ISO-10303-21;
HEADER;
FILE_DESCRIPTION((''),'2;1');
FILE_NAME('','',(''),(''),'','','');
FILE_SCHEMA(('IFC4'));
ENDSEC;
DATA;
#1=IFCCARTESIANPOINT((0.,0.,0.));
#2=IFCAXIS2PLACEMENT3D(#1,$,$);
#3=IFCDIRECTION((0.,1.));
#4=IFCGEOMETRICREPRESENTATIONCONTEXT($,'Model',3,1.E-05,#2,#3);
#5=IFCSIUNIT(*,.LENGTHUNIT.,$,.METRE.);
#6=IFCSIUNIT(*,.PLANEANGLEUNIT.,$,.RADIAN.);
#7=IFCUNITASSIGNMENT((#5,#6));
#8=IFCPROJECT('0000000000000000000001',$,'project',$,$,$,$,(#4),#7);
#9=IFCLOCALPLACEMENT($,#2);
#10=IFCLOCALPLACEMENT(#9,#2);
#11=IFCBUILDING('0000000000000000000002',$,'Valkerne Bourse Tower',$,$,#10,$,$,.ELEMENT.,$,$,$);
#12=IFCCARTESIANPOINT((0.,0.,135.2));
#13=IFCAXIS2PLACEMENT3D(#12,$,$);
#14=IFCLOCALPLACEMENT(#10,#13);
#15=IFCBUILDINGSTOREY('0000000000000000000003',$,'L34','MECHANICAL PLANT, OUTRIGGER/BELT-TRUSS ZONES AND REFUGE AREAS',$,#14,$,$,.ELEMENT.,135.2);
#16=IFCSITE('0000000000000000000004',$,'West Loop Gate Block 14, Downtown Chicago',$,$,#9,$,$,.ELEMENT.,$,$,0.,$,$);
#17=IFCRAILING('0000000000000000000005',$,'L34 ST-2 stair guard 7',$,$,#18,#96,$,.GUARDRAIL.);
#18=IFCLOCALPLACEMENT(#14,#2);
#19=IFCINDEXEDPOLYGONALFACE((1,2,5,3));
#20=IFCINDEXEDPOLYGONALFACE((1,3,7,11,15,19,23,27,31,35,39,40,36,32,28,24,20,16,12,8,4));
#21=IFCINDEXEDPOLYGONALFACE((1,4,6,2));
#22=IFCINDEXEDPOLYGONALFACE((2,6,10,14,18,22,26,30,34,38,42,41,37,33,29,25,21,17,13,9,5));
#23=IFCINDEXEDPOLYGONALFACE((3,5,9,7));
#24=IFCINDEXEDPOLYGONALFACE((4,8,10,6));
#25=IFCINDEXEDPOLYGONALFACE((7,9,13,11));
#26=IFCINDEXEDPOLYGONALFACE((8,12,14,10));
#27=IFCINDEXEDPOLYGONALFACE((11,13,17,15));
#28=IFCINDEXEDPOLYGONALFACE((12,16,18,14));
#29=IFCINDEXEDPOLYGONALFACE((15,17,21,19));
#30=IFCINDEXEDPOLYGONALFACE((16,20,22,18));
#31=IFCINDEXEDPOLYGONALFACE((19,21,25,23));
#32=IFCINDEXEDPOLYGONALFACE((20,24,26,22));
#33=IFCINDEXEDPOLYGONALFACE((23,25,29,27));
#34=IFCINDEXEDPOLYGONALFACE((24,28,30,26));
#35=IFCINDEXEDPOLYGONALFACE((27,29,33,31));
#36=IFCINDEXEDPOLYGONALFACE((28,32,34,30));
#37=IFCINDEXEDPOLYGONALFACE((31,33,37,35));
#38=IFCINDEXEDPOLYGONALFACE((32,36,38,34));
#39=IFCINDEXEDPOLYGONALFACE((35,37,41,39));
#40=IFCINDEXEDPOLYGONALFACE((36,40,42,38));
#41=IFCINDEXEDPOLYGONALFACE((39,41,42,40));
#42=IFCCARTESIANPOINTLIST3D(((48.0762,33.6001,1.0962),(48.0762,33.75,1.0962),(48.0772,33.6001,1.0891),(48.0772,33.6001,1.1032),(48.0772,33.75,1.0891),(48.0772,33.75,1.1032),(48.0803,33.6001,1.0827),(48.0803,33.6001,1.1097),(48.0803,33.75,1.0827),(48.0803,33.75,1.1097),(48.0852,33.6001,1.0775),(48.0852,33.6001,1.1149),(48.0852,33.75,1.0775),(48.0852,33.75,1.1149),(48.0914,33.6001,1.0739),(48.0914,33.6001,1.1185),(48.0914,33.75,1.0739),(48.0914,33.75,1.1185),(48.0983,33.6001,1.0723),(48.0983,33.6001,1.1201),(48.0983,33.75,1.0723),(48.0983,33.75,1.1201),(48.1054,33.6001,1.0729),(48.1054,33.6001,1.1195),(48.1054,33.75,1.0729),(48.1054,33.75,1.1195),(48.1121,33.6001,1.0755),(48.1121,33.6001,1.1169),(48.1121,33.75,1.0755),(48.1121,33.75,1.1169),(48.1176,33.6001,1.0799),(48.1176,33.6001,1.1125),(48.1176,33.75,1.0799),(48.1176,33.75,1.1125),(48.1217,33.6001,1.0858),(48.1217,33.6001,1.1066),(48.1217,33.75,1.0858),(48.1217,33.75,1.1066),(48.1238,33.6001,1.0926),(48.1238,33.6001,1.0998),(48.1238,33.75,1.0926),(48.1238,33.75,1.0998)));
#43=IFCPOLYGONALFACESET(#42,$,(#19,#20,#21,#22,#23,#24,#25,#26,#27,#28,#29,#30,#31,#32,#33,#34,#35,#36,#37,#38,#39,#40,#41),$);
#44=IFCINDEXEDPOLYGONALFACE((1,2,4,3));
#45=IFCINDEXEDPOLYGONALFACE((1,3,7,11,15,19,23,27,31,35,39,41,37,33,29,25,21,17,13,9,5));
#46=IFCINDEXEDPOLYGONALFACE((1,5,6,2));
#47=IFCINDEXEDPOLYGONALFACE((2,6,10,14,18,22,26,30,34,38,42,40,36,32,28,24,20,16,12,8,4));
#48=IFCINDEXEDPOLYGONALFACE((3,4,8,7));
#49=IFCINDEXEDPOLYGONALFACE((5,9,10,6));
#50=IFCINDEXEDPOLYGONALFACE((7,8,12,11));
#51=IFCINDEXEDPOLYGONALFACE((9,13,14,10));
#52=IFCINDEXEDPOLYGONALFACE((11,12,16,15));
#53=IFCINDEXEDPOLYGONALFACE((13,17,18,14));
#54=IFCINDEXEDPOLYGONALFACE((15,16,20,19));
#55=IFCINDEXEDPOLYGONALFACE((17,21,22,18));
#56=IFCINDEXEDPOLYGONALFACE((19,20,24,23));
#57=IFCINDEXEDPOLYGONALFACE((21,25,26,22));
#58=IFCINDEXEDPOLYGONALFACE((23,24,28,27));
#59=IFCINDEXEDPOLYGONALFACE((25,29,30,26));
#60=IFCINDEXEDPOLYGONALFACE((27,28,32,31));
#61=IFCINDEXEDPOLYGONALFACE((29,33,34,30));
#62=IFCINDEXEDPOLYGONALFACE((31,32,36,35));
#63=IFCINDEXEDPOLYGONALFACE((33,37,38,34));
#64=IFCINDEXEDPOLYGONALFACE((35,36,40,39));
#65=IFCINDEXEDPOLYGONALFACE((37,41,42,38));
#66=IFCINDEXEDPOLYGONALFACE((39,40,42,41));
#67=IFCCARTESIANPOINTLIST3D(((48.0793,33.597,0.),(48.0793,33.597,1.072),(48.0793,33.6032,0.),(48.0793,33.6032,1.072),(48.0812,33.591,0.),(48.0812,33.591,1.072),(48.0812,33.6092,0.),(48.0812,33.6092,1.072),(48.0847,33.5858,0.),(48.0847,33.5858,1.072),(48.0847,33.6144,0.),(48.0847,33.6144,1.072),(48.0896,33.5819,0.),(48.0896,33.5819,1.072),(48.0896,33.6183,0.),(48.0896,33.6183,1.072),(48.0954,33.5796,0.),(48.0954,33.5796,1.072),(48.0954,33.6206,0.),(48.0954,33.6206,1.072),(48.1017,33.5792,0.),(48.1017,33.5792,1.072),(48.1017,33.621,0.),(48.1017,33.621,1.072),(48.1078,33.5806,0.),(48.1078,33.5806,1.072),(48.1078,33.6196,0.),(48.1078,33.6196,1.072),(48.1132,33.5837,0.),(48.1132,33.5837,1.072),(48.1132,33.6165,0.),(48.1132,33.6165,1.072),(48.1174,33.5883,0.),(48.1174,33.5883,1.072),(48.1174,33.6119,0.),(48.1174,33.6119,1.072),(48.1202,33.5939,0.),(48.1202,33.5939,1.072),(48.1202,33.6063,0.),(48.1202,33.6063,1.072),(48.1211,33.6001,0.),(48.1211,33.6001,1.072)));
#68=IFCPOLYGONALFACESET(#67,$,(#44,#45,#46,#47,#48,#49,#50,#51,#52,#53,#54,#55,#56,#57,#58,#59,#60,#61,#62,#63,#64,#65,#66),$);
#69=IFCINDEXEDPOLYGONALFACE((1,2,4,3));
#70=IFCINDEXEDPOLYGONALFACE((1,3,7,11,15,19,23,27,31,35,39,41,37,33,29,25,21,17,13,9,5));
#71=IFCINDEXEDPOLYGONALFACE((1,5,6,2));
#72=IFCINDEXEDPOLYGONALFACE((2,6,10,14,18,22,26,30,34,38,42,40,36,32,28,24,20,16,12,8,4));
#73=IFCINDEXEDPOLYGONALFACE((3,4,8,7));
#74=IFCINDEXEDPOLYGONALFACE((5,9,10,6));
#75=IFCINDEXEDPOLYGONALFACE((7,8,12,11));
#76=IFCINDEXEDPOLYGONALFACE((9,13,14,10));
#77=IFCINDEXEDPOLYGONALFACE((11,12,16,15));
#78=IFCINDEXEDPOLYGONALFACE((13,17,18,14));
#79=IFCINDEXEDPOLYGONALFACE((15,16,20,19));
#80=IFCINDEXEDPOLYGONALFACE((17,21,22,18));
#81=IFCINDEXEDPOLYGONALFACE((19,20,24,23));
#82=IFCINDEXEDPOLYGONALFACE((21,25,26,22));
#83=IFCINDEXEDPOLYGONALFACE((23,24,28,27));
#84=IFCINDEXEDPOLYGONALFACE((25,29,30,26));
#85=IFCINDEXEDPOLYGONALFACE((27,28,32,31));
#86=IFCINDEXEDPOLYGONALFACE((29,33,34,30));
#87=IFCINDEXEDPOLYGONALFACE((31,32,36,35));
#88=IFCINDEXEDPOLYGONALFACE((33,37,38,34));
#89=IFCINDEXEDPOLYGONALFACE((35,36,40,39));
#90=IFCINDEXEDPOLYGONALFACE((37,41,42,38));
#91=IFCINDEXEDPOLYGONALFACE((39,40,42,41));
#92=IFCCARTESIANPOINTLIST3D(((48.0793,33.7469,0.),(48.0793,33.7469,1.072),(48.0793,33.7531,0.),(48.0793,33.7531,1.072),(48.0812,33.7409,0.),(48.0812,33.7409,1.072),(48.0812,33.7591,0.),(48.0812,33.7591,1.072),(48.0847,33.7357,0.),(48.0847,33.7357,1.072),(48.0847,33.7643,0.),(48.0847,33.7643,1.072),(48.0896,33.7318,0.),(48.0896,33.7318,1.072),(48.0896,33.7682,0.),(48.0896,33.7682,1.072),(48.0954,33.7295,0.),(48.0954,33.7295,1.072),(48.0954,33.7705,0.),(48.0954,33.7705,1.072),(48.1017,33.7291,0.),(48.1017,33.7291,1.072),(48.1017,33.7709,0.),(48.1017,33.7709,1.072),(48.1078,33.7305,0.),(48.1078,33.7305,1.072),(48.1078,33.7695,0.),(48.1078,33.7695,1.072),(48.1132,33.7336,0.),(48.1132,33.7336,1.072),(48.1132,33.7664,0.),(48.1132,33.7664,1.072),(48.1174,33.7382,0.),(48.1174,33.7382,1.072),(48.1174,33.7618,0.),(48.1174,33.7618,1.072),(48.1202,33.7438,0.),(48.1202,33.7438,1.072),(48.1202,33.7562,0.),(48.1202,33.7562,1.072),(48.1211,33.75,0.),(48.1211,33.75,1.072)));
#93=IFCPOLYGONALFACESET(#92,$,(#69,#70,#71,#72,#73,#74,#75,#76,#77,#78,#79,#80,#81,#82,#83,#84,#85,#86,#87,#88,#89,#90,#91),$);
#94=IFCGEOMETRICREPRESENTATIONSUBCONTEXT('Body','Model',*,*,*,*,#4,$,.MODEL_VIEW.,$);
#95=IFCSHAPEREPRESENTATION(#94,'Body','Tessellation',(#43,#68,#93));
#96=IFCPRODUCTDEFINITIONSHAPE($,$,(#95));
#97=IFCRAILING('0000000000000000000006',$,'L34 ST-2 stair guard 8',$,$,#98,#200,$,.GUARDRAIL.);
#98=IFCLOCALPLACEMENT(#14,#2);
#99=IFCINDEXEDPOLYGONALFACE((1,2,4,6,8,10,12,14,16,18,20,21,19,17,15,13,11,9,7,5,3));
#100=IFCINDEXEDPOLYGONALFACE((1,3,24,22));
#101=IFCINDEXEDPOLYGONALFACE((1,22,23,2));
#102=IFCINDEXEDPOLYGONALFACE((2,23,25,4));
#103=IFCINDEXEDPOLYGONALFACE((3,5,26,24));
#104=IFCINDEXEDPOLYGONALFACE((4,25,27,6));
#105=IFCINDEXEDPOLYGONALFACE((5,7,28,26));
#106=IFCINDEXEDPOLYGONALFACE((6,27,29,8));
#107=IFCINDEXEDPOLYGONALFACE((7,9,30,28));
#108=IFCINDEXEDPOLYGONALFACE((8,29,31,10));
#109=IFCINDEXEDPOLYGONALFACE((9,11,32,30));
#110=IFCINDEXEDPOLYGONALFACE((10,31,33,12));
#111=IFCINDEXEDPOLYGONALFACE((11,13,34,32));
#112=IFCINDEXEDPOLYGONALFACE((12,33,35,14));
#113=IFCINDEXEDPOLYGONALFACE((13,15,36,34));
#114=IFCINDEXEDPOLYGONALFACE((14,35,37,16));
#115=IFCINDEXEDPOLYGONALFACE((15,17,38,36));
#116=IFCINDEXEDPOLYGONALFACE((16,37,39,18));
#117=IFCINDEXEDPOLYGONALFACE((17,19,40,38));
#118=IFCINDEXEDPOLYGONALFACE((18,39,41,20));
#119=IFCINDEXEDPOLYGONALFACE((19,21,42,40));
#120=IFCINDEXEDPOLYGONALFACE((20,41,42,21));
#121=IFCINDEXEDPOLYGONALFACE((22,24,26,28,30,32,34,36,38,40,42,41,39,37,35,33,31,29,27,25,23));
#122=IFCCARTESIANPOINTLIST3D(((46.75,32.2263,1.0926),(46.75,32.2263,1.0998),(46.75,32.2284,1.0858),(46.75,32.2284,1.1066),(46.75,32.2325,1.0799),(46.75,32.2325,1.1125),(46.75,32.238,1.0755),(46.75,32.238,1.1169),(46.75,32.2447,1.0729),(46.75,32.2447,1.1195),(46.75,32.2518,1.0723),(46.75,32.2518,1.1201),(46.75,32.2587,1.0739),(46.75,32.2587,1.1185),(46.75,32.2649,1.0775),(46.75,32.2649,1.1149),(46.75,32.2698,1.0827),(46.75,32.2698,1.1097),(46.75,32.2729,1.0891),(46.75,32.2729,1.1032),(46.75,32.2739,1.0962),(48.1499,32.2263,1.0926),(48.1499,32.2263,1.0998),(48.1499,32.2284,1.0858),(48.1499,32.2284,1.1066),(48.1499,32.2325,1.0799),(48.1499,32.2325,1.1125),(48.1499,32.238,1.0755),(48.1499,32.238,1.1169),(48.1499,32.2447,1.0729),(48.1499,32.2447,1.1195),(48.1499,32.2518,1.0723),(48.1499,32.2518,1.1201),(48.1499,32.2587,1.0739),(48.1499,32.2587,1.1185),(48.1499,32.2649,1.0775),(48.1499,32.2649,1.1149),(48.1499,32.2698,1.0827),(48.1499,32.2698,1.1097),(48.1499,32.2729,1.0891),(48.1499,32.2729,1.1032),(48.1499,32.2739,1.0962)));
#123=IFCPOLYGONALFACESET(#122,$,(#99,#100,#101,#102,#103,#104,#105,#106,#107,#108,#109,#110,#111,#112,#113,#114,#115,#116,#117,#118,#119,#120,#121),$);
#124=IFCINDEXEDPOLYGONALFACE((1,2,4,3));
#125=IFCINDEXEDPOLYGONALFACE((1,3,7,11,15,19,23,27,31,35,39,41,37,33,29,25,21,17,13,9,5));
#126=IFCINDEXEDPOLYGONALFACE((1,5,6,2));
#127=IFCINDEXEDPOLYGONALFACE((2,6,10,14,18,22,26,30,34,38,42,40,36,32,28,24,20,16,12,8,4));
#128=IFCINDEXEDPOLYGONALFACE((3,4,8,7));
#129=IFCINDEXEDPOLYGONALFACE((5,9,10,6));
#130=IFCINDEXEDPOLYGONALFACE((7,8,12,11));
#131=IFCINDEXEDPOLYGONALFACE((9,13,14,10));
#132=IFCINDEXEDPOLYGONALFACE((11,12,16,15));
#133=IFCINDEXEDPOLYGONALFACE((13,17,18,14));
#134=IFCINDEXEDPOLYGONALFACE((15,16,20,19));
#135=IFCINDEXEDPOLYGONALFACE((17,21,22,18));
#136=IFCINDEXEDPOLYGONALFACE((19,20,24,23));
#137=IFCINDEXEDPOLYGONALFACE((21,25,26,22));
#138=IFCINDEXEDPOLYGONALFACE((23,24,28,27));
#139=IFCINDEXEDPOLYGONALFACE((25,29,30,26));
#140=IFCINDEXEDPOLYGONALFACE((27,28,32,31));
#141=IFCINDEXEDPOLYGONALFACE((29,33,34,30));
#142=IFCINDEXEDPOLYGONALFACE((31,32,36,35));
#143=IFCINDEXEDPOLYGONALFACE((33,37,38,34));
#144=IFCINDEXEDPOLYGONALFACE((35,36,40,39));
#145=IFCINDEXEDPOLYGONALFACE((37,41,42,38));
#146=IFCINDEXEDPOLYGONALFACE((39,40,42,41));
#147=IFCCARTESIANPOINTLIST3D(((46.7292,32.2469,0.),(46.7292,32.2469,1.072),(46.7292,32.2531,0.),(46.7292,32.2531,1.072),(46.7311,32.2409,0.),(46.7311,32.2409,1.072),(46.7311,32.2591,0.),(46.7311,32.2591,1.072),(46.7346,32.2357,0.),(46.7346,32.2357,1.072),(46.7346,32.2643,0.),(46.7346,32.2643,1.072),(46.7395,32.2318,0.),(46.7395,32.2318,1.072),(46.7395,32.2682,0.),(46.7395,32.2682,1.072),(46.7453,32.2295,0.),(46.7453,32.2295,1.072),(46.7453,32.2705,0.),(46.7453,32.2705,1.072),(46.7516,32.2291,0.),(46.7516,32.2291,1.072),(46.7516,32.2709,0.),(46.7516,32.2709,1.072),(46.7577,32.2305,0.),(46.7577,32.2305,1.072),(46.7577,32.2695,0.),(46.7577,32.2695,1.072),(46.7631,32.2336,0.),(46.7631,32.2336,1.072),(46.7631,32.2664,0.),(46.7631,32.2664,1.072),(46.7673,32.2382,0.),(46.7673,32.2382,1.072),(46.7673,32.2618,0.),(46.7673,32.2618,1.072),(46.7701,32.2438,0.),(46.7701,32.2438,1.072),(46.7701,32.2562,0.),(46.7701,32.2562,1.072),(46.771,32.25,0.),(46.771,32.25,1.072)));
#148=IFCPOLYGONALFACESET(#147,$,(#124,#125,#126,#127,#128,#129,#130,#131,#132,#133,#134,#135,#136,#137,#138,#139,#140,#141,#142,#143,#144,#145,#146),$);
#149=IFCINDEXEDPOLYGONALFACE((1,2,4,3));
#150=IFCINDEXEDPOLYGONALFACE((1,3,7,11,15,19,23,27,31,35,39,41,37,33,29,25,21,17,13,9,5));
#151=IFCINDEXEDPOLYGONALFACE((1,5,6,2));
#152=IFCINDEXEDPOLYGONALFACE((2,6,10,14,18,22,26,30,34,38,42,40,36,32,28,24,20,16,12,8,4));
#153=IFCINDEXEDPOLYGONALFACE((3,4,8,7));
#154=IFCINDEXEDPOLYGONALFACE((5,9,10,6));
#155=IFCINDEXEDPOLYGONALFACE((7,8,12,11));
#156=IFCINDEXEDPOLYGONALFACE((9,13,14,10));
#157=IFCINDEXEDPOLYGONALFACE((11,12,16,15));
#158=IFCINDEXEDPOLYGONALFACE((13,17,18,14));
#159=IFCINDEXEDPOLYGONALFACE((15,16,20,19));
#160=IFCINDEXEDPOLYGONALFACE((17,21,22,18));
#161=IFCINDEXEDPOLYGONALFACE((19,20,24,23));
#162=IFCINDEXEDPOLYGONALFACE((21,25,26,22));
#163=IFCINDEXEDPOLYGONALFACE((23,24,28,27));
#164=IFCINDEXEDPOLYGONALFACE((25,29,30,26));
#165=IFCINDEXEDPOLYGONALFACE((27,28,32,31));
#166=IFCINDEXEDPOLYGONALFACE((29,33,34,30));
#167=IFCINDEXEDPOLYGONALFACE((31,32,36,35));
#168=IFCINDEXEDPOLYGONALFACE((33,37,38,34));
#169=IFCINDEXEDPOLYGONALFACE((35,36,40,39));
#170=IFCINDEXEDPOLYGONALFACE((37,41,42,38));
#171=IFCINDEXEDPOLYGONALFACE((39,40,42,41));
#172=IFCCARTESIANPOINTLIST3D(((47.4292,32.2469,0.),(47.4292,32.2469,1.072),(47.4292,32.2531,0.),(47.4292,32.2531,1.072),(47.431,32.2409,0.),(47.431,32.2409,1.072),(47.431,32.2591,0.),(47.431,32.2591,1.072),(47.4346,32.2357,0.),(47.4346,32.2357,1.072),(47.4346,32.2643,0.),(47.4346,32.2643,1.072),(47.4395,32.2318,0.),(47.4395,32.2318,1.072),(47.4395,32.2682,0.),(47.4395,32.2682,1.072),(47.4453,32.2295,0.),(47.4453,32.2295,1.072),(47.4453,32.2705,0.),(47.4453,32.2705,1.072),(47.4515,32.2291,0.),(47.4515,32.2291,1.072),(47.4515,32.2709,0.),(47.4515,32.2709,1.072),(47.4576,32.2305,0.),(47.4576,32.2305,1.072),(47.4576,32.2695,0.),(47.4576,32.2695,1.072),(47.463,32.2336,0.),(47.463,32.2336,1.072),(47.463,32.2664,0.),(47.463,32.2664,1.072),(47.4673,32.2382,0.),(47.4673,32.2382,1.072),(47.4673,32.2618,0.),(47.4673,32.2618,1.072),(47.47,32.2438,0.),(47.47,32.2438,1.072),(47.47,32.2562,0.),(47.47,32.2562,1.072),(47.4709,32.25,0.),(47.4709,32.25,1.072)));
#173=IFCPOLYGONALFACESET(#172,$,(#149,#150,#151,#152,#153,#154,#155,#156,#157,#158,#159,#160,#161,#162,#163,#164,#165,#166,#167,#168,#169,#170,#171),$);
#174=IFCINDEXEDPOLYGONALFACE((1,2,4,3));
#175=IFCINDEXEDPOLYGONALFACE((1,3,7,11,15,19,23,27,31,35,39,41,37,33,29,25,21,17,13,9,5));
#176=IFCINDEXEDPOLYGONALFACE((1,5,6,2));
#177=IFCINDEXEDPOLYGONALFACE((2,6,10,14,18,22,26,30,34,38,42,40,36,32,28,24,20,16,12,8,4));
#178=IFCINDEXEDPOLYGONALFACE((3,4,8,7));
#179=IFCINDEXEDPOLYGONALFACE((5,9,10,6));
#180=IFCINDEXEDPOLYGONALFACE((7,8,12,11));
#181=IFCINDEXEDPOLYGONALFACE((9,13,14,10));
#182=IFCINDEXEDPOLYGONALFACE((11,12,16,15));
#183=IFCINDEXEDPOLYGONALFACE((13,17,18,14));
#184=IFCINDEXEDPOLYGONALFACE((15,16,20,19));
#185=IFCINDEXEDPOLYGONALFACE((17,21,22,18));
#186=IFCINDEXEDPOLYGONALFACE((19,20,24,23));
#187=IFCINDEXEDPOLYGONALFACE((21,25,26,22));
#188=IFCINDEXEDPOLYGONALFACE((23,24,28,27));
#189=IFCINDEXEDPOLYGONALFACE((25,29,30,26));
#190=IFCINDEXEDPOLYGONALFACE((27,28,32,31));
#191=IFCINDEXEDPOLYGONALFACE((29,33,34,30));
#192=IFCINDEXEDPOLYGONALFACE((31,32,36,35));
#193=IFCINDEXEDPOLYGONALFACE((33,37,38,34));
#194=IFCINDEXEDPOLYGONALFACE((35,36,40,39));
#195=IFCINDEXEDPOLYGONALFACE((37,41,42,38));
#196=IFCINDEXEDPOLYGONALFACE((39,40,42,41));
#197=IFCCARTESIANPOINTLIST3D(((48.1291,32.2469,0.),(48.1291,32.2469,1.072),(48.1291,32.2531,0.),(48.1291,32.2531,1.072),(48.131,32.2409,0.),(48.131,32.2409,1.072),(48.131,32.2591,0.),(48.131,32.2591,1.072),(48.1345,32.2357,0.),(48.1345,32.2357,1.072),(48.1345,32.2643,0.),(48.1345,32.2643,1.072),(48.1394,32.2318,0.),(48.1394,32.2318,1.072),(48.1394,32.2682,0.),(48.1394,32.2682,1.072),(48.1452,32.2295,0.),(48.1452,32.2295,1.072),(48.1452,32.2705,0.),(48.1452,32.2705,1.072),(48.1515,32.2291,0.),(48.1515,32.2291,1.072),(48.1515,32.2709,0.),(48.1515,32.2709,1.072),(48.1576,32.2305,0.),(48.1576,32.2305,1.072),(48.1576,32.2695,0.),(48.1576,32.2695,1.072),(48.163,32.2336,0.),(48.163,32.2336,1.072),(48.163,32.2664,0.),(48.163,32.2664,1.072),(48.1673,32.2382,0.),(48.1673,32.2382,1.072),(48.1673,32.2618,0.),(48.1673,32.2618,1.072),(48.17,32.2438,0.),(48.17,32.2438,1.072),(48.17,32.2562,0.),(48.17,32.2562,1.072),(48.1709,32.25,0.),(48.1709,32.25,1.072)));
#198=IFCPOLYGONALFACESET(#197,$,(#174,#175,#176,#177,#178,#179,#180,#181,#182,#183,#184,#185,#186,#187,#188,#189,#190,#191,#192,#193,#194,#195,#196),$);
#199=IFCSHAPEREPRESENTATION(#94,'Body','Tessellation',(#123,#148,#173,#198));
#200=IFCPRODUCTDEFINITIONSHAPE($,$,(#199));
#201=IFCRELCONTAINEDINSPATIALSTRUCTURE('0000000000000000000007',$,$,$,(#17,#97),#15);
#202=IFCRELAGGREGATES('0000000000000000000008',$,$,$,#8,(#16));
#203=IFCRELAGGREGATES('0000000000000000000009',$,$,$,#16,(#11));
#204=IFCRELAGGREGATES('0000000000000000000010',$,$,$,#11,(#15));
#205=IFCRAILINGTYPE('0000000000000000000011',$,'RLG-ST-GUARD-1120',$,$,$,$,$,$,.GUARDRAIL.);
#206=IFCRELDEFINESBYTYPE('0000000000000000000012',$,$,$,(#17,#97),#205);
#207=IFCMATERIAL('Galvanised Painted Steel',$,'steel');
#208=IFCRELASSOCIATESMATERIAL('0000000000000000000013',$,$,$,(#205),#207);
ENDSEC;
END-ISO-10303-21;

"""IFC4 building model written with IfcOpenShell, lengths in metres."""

from ifc_helpers import new_model, si_unit, direction, frame, origin, origin_2d, place, context, subcontext, project, spatial, circle, extrude, material, type_object, element, save


model = new_model("IFC4")

# Units and contexts
model_context = context("Model", 3, precision=1e-05, world=origin(), true_north=direction((0.0, 1.0)))
body_context = subcontext(model_context, "Body", "Model", "MODEL_VIEW")
ifc_project = project(units=[si_unit("LENGTHUNIT", "METRE"), si_unit("PLANEANGLEUNIT", "RADIAN")], contexts=[model_context])

# Site, building, storey
site_placement = place(None, origin())
site = spatial("IfcSite", under=ifc_project, at=site_placement, Name="West Loop Gate Block 14, Downtown Chicago", CompositionType="ELEMENT", RefElevation=0.0)
building_placement = place(site_placement, origin())
building = spatial("IfcBuilding", under=site, at=building_placement, Name="Valkerne Bourse Tower", CompositionType="ELEMENT")
storey_placement = place(building_placement, frame((0.0, 0.0, 135.2)))
storey = spatial("IfcBuildingStorey", under=building, at=storey_placement, Name="L34", Description="MECHANICAL PLANT, OUTRIGGER/BELT-TRUSS ZONES AND REFUGE AREAS", CompositionType="ELEMENT", Elevation=135.2)

# Shared definitions
ifc_material_1 = material(Name="Galvanised Painted Steel", Category="steel")

# Railings
railing_type_1 = type_object("IfcRailingType", Name="RLG-ST-GUARD-1120", PredefinedType="GUARDRAIL", material=ifc_material_1)
railing_1_placement = place(storey_placement, frame((48.1001, 33.6001, 0.0)))
element("IfcRailing", 1, at=railing_1_placement, inside=storey, type_object=railing_type_1, Name="L34 ST-2 stair guard 7", PredefinedType="GUARDRAIL", context=body_context, shape_type="SweptSolid", body=[
    extrude(circle(Radius=0.0239, at=origin_2d()), frame((0.0, 0.0, 1.0962), z_axis=(0.0, 1.0, 0.0), x_axis=(-1.0, 0.0, 0.0)), (0.0, 0.0, 1.0), 0.1499),
    extrude(circle(Radius=0.021, at=origin_2d()), origin(), (0.0, 0.0, 1.0), 1.072),
    extrude(circle(Radius=0.021, at=origin_2d()), frame((0.0, 0.1499, 0.0)), (0.0, 0.0, 1.0), 1.072),
])
for number, where, name in (
    (2, (46.75, 32.25, 0.0), "L34 ST-2 stair guard 8"),
):
    element("IfcRailing", number, at=place(storey_placement, frame(where)), inside=storey, type_object=railing_type_1, Name=name, PredefinedType="GUARDRAIL", context=body_context, shape_type="SweptSolid", body=[
        extrude(circle(Radius=0.0239, at=origin_2d()), frame((0.0, 0.0, 1.0962), z_axis=(1.0, 0.0, 0.0), x_axis=(0.0, 1.0, 0.0)), (0.0, 0.0, 1.0), 1.3999),
        extrude(circle(Radius=0.021, at=origin_2d()), origin(), (0.0, 0.0, 1.0), 1.072),
        extrude(circle(Radius=0.021, at=origin_2d()), frame((0.7, 0.0, 0.0)), (0.0, 0.0, 1.0), 1.072),
        extrude(circle(Radius=0.021, at=origin_2d()), frame((1.3999, 0.0, 0.0)), (0.0, 0.0, 1.0), 1.072),
    ])

save(model, "model.ifc")
